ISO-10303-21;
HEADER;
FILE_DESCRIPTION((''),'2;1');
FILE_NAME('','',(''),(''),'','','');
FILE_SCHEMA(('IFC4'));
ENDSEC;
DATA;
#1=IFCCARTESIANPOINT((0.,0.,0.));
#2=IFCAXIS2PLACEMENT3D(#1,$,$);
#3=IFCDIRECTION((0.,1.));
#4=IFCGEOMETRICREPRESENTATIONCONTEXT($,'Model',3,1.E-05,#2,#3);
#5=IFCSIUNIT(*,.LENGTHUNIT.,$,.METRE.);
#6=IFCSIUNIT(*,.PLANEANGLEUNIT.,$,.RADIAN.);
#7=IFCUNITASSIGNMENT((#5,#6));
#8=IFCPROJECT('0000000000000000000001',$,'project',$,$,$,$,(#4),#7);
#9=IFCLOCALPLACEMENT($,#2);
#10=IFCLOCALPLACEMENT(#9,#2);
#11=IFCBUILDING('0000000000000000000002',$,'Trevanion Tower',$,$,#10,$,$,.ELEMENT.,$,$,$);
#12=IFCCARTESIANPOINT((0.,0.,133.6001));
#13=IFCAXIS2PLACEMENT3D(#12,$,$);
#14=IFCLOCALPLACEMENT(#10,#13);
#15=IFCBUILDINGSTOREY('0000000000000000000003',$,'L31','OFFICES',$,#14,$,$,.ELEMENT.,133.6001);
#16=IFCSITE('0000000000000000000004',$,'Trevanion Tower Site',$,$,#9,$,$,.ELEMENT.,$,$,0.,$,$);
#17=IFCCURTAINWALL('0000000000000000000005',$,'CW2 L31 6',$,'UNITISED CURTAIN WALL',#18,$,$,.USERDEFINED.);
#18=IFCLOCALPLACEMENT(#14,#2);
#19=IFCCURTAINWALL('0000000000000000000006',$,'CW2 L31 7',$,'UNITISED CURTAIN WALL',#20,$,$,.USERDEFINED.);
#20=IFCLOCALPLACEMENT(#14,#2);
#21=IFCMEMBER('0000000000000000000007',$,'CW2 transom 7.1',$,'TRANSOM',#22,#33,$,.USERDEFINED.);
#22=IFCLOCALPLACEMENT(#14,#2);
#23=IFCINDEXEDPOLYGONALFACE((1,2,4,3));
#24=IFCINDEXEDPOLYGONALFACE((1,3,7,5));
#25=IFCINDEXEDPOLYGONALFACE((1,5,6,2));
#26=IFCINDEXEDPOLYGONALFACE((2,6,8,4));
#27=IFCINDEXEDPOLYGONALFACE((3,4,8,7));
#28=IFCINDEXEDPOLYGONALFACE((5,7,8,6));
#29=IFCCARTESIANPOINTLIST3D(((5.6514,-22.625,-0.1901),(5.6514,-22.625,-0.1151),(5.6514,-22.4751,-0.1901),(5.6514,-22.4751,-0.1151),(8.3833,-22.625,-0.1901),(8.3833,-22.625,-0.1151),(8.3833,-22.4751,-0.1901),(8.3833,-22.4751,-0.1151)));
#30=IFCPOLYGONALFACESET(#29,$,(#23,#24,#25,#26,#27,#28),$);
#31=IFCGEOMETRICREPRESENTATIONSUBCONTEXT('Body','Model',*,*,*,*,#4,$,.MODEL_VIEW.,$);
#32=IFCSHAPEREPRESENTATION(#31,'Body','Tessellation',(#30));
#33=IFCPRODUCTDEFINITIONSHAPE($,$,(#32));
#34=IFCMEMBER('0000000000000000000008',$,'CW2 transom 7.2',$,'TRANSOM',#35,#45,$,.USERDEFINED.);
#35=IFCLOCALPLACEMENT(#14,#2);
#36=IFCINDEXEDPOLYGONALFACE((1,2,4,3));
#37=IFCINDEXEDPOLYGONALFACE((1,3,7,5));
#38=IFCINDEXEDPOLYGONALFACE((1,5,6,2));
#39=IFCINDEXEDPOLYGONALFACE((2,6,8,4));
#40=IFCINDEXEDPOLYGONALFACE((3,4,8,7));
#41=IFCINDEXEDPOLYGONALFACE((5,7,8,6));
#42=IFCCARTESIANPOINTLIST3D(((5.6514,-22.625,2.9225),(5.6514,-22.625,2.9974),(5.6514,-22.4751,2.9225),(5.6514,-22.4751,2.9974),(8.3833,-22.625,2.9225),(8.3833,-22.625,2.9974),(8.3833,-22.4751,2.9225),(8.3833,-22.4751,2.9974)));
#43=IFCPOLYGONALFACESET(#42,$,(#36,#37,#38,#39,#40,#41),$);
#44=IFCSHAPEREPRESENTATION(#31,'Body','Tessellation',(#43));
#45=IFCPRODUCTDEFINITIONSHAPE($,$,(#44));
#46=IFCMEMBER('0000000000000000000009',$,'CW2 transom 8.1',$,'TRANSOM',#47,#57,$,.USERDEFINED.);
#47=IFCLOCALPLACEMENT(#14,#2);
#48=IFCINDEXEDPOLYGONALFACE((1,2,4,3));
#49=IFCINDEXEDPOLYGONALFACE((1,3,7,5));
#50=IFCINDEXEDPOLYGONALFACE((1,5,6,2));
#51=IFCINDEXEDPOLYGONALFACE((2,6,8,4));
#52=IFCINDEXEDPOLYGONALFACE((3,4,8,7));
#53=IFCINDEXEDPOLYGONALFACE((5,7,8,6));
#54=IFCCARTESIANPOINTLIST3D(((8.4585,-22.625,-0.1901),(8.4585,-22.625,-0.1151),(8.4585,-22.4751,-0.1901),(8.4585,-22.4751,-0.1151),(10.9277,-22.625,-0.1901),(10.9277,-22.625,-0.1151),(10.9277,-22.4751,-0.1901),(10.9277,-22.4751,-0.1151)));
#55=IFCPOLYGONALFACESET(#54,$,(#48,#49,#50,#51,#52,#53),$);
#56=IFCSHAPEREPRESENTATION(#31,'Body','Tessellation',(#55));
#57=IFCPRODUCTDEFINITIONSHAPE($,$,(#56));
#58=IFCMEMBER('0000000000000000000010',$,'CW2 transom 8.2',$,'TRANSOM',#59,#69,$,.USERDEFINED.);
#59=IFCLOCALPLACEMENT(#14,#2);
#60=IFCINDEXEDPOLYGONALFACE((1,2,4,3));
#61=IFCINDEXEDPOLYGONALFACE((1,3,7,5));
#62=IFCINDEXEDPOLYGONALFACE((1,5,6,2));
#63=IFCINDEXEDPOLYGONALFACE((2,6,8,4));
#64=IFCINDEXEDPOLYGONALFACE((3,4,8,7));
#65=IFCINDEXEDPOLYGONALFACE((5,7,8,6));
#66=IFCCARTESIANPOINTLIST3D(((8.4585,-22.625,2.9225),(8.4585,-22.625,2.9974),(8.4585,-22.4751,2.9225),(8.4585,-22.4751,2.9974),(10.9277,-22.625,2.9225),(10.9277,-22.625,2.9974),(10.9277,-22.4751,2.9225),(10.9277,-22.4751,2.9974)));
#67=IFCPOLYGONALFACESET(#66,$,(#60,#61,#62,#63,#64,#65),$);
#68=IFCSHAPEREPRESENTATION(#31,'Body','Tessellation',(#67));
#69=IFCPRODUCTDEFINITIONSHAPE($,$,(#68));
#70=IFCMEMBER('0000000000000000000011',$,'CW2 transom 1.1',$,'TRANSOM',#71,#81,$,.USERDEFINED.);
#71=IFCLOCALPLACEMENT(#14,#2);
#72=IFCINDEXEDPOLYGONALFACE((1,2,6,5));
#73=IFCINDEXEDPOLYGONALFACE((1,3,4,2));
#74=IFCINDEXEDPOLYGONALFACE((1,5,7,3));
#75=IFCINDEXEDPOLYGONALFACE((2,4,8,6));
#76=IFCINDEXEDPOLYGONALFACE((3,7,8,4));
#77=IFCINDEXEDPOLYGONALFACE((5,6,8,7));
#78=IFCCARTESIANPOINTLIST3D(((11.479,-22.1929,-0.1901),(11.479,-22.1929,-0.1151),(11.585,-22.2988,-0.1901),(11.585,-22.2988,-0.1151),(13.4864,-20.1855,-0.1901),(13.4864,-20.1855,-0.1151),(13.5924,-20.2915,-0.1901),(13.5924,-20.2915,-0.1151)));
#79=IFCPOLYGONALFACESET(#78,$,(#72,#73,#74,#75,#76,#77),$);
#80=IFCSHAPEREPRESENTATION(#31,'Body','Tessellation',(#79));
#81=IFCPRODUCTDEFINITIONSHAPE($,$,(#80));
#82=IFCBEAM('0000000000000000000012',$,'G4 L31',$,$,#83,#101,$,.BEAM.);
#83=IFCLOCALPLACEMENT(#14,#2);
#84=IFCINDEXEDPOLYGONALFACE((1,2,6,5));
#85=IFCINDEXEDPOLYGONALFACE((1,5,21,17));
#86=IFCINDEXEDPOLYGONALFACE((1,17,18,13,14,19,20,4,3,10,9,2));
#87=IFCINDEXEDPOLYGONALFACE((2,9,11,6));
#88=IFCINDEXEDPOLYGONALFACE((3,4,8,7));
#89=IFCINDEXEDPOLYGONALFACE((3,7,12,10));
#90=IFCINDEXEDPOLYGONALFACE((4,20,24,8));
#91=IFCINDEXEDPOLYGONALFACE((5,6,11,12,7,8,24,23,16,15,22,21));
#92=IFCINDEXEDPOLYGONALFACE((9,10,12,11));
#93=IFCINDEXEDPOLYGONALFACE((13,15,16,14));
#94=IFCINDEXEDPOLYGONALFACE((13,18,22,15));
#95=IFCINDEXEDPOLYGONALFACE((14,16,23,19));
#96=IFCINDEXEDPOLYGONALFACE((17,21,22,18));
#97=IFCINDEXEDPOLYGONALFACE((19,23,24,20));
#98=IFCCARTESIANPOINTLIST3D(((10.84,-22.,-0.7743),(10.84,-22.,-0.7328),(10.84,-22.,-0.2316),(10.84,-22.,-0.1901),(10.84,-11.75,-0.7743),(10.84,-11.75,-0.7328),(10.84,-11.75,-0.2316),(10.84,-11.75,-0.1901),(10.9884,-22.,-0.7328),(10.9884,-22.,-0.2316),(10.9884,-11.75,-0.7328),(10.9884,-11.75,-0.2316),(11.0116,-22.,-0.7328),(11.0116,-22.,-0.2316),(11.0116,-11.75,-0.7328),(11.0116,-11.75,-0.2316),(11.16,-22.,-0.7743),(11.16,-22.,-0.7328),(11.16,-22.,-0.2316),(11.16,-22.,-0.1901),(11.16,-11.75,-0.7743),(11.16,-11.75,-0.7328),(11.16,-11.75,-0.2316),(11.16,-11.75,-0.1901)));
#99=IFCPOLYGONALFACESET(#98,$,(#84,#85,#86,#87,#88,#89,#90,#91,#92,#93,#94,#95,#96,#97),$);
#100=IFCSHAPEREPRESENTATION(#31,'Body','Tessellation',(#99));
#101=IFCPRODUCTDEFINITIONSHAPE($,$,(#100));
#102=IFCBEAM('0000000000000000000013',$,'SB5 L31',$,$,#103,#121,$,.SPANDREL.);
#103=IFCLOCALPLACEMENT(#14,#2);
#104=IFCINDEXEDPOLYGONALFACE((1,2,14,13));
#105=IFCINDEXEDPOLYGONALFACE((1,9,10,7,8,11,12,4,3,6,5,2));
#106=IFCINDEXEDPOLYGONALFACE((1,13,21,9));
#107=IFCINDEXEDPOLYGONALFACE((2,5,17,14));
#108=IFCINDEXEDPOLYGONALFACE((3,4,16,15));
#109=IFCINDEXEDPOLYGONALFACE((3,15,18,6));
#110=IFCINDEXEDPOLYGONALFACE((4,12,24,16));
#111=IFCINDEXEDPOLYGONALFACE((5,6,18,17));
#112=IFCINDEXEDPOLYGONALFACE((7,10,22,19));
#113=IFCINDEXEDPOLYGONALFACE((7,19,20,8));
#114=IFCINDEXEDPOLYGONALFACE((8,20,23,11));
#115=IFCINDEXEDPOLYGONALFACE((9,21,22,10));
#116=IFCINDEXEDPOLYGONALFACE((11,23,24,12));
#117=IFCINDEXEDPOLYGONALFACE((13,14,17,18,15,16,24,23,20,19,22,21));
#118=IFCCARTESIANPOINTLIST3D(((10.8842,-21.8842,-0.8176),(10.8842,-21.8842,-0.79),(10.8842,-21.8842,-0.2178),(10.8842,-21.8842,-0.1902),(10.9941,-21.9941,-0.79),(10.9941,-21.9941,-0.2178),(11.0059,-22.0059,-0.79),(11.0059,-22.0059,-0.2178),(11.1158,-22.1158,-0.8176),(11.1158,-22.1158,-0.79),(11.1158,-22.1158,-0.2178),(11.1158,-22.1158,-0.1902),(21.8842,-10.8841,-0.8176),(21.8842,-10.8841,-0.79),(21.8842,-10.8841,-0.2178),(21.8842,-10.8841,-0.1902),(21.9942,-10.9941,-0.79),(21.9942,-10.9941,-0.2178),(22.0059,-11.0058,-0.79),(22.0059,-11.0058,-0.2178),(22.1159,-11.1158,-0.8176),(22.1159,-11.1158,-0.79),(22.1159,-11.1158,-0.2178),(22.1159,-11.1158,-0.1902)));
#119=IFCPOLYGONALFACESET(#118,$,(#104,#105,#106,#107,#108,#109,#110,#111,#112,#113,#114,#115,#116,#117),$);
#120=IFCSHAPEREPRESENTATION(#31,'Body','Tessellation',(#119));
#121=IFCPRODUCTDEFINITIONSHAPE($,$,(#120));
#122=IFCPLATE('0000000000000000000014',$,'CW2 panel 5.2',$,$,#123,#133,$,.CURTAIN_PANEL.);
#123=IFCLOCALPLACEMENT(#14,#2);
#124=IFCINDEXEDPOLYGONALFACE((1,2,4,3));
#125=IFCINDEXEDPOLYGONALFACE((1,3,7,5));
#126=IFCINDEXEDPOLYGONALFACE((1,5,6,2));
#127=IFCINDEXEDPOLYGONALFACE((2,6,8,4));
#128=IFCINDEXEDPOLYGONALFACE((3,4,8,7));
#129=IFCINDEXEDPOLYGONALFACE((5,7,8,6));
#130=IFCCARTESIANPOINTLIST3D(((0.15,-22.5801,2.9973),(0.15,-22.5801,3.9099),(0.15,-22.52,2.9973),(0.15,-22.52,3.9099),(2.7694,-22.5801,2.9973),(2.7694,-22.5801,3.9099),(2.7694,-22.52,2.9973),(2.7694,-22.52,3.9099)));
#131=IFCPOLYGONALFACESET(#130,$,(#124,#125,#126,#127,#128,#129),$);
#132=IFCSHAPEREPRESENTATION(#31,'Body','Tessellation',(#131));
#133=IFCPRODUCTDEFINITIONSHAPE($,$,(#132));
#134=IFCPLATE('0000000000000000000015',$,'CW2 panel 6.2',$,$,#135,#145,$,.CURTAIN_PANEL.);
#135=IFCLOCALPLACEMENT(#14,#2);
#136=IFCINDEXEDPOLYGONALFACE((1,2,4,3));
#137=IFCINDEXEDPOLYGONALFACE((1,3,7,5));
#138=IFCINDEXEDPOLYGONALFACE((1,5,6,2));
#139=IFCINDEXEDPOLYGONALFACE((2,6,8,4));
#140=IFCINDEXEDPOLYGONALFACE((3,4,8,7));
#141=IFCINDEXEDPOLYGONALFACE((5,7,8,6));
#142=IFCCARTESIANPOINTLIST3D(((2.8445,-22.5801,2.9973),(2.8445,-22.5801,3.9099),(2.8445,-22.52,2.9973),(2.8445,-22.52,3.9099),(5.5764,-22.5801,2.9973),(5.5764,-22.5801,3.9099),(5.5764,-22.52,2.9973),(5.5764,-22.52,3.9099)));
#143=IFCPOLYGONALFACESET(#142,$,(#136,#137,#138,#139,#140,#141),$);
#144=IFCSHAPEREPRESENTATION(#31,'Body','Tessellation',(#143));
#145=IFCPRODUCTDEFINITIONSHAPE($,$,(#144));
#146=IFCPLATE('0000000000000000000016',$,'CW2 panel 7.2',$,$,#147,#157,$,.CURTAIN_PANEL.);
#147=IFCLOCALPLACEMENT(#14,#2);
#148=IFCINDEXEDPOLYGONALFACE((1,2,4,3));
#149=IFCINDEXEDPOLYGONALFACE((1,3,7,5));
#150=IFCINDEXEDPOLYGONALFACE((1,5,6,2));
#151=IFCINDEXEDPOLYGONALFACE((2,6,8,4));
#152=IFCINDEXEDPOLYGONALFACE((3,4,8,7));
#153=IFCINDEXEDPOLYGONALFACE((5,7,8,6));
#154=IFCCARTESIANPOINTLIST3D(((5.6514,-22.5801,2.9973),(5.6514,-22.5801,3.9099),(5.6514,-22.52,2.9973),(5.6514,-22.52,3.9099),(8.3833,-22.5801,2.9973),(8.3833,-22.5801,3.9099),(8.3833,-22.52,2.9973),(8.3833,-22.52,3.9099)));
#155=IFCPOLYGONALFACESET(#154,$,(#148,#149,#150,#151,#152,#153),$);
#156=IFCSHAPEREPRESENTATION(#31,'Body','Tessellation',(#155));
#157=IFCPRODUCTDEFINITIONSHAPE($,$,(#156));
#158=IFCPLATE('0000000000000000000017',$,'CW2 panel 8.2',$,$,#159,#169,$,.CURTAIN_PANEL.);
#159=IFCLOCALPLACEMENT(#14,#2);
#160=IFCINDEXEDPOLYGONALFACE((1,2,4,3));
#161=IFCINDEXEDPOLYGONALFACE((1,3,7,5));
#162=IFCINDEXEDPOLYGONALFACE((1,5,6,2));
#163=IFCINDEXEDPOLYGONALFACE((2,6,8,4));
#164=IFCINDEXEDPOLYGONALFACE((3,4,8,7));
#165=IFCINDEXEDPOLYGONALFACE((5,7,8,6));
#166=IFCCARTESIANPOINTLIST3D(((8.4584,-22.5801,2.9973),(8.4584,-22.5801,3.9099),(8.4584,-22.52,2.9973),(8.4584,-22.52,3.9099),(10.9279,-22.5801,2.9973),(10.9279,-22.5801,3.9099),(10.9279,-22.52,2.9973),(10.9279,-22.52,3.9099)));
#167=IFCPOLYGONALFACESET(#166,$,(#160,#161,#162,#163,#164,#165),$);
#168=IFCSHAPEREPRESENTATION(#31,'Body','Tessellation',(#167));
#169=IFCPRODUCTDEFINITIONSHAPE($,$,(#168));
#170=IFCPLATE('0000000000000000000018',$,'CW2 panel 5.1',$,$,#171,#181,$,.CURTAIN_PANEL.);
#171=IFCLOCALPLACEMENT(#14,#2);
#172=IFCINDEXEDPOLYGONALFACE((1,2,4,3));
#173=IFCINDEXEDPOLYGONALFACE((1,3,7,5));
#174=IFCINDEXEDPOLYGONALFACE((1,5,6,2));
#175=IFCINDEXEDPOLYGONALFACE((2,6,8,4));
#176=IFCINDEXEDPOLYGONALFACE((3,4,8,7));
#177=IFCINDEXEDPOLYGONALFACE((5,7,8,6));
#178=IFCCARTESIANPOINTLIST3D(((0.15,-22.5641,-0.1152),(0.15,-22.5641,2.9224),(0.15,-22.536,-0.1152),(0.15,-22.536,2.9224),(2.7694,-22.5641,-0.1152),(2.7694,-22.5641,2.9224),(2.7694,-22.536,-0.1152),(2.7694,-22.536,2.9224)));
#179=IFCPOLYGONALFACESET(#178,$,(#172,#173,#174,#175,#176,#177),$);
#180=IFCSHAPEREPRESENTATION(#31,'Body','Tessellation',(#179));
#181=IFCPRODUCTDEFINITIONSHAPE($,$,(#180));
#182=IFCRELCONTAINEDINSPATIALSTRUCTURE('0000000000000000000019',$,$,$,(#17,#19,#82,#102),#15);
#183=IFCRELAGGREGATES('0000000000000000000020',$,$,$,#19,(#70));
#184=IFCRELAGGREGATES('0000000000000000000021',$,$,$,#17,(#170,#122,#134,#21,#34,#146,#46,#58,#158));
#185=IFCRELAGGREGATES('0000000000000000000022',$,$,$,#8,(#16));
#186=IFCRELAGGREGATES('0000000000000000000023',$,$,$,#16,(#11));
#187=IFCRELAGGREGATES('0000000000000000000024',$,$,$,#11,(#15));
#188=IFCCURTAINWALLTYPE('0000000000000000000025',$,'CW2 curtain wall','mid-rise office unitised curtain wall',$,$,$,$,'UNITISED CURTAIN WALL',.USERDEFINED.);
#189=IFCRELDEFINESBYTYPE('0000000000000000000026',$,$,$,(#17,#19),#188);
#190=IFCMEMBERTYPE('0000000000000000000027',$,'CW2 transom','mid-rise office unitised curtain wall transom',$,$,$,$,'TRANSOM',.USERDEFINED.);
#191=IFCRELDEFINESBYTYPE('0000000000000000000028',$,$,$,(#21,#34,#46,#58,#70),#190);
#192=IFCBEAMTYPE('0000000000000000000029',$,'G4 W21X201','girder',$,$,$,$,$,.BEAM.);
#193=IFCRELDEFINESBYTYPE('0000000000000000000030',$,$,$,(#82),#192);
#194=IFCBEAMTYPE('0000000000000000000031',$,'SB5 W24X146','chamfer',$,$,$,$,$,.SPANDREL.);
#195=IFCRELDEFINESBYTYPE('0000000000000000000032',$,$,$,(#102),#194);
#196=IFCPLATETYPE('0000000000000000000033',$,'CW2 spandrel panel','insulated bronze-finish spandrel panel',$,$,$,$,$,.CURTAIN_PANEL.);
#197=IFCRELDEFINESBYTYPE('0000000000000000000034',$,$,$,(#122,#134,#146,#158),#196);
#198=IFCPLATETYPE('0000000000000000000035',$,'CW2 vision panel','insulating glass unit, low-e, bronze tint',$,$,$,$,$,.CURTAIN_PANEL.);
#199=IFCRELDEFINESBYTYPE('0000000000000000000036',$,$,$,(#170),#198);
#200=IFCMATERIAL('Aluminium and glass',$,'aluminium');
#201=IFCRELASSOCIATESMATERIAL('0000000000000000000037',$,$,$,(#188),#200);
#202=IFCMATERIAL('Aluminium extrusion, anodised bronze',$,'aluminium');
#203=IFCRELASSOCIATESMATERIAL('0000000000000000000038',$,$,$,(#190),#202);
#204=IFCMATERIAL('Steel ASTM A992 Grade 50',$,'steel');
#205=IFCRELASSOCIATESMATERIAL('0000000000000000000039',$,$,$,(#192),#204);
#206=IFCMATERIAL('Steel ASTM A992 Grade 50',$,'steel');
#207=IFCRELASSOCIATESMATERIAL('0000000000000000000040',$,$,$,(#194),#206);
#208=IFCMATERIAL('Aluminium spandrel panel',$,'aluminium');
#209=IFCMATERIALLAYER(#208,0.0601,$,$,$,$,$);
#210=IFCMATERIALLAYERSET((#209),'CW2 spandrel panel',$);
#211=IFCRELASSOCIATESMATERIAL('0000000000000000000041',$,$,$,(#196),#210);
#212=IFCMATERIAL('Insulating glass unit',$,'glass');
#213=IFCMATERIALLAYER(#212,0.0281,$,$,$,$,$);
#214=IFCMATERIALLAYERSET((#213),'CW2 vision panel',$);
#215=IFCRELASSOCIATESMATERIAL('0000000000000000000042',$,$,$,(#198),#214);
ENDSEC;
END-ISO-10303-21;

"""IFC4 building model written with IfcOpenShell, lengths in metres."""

from ifc_helpers import new_model, si_unit, direction, frame, origin, origin_2d, place, context, subcontext, project, spatial, rectangle, i_section, extrude, material, layer, layer_set, material_profile, profile_set, type_object, element, aggregate, save


model = new_model("IFC4")

# Units and contexts
model_context = context("Model", 3, precision=1e-05, world=origin(), true_north=direction((0.0, 1.0)))
body_context = subcontext(model_context, "Body", "Model", "MODEL_VIEW")
ifc_project = project(units=[si_unit("LENGTHUNIT", "METRE"), si_unit("PLANEANGLEUNIT", "RADIAN")], contexts=[model_context])

# Site, building, storey
site_placement = place(None, origin())
site = spatial("IfcSite", under=ifc_project, at=site_placement, Name="Trevanion Tower Site", CompositionType="ELEMENT", RefElevation=0.0)
building_placement = place(site_placement, origin())
building = spatial("IfcBuilding", under=site, at=building_placement, Name="Trevanion Tower", CompositionType="ELEMENT")
storey_placement = place(building_placement, frame((0.0, 0.0, 133.6001)))
storey = spatial("IfcBuildingStorey", under=building, at=storey_placement, Name="L31", Description="OFFICES", CompositionType="ELEMENT", Elevation=133.6001)

# Curtain wall
ifc_material_1 = material(Name="Aluminium and glass", Category="aluminium")
curtain_wall_type = type_object("IfcCurtainWallType", Name="CW2 curtain wall", Description="mid-rise office unitised curtain wall", ElementType="UNITISED CURTAIN WALL", PredefinedType="USERDEFINED", material=ifc_material_1)
curtain_wall_1_placement = place(storey_placement, origin())
curtain_wall_1 = element("IfcCurtainWall", 1, at=curtain_wall_1_placement, inside=storey, type_object=curtain_wall_type, Name="CW2 L31 6", ObjectType="UNITISED CURTAIN WALL", PredefinedType="USERDEFINED")

# Curtain wall
curtain_wall_2_placement = place(storey_placement, origin())
curtain_wall_2 = element("IfcCurtainWall", 2, at=curtain_wall_2_placement, inside=storey, type_object=curtain_wall_type, Name="CW2 L31 7", ObjectType="UNITISED CURTAIN WALL", PredefinedType="USERDEFINED")

# Members
ifc_material_2 = material(Name="Aluminium extrusion, anodised bronze", Category="aluminium")
ifc_material_profile_1 = material_profile(ifc_material_2, rectangle(XDim=0.1499, YDim=0.075, at=origin_2d()), Name="CW2 transom")
ifc_profile_set_1 = profile_set([ifc_material_profile_1], Name="Aluminium extrusion, anodised bronze")
member_type_1 = type_object("IfcMemberType", Name="CW2 transom", Description="mid-rise office unitised curtain wall transom", ElementType="TRANSOM", PredefinedType="USERDEFINED", material=ifc_profile_set_1)
member_1_placement = place(storey_placement, frame((5.6514, -22.55, -0.1526), z_axis=(1.0, 0.0, 0.0), x_axis=(0.0, 1.0, 0.0)))
member_1 = element("IfcMember", 3, at=member_1_placement, type_object=member_type_1, Name="CW2 transom 7.1", ObjectType="TRANSOM", PredefinedType="USERDEFINED", context=body_context, shape_type="SweptSolid", body=[
    extrude(rectangle(XDim=0.1499, YDim=0.075, at=origin_2d()), origin(), (0.0, 0.0, 1.0), 2.7319),
])
member_2_placement = place(storey_placement, frame((5.6514, -22.55, 2.96), z_axis=(1.0, 0.0, 0.0), x_axis=(0.0, 1.0, 0.0)))
member_2 = element("IfcMember", 4, at=member_2_placement, type_object=member_type_1, Name="CW2 transom 7.2", ObjectType="TRANSOM", PredefinedType="USERDEFINED", context=body_context, shape_type="SweptSolid", body=[
    extrude(rectangle(XDim=0.1499, YDim=0.075, at=origin_2d()), origin(), (0.0, 0.0, 1.0), 2.7319),
])
member_3_placement = place(storey_placement, frame((8.4585, -22.55, -0.1526), z_axis=(1.0, 0.0, 0.0), x_axis=(0.0, 1.0, 0.0)))
member_3 = element("IfcMember", 5, at=member_3_placement, type_object=member_type_1, Name="CW2 transom 8.1", ObjectType="TRANSOM", PredefinedType="USERDEFINED", context=body_context, shape_type="SweptSolid", body=[
    extrude(rectangle(XDim=0.1499, YDim=0.075, at=origin_2d()), origin(), (0.0, 0.0, 1.0), 2.4692),
])
member_4_placement = place(storey_placement, frame((8.4585, -22.55, 2.96), z_axis=(1.0, 0.0, 0.0), x_axis=(0.0, 1.0, 0.0)))
member_4 = element("IfcMember", 6, at=member_4_placement, type_object=member_type_1, Name="CW2 transom 8.2", ObjectType="TRANSOM", PredefinedType="USERDEFINED", context=body_context, shape_type="SweptSolid", body=[
    extrude(rectangle(XDim=0.1499, YDim=0.075, at=origin_2d()), origin(), (0.0, 0.0, 1.0), 2.4692),
])
member_5_placement = place(storey_placement, frame((11.532, -22.2458, -0.1526), z_axis=(0.707107, 0.707107, 0.0), x_axis=(-0.707107, 0.707107, 0.0)))
member_5 = element("IfcMember", 7, at=member_5_placement, type_object=member_type_1, Name="CW2 transom 1.1", ObjectType="TRANSOM", PredefinedType="USERDEFINED", context=body_context, shape_type="SweptSolid", body=[
    extrude(rectangle(XDim=0.1499, YDim=0.075, at=origin_2d()), origin(), (0.0, 0.0, 1.0), 2.8389),
])
aggregate(curtain_wall_2, [member_5])

# Beams
ifc_material_3 = material(Name="Steel ASTM A992 Grade 50", Category="steel")
ifc_material_profile_2 = material_profile(ifc_material_3, i_section(OverallWidth=0.3201, OverallDepth=0.5842, WebThickness=0.0232, FlangeThickness=0.0415, at=origin_2d()), Name="W21X201")
ifc_profile_set_2 = profile_set([ifc_material_profile_2], Name="Steel ASTM A992 Grade 50")
beam_type_1 = type_object("IfcBeamType", Name="G4 W21X201", Description="girder", PredefinedType="BEAM", material=ifc_profile_set_2)
beam_1_placement = place(storey_placement, frame((11.0, -11.75, -0.4822), z_axis=(0.0, -1.0, 0.0), x_axis=(1.0, 0.0, 0.0)))
element("IfcBeam", 8, at=beam_1_placement, inside=storey, type_object=beam_type_1, Name="G4 L31", PredefinedType="BEAM", context=body_context, shape_type="SweptSolid", body=[
    extrude(i_section(OverallWidth=0.3201, OverallDepth=0.5842, WebThickness=0.0232, FlangeThickness=0.0415, at=origin_2d()), origin(), (0.0, 0.0, 1.0), 10.25),
])
ifc_material_4 = material(Name="Steel ASTM A992 Grade 50", Category="steel")
ifc_material_profile_3 = material_profile(ifc_material_4, i_section(OverallWidth=0.3276, OverallDepth=0.6274, WebThickness=0.0166, FlangeThickness=0.0276, at=origin_2d()), Name="W24X146")
ifc_profile_set_3 = profile_set([ifc_material_profile_3], Name="Steel ASTM A992 Grade 50")
beam_type_2 = type_object("IfcBeamType", Name="SB5 W24X146", Description="chamfer", PredefinedType="SPANDREL", material=ifc_profile_set_3)
beam_2_placement = place(storey_placement, frame((11.0, -22.0, -0.5039), z_axis=(0.707107, 0.707107, 0.0), x_axis=(-0.707107, 0.707107, 0.0)))
element("IfcBeam", 9, at=beam_2_placement, inside=storey, type_object=beam_type_2, Name="SB5 L31", PredefinedType="SPANDREL", context=body_context, shape_type="SweptSolid", body=[
    extrude(i_section(OverallWidth=0.3276, OverallDepth=0.6274, WebThickness=0.0166, FlangeThickness=0.0276, at=origin_2d()), origin(), (0.0, 0.0, 1.0), 15.5564),
])

# Plates
ifc_material_5 = material(Name="Aluminium spandrel panel", Category="aluminium")
ifc_layer_1 = layer(ifc_material_5, 0.0601)
ifc_layer_set_1 = layer_set([ifc_layer_1], Name="CW2 spandrel panel")
plate_type_1 = type_object("IfcPlateType", Name="CW2 spandrel panel", Description="insulated bronze-finish spandrel panel", PredefinedType="CURTAIN_PANEL", material=ifc_layer_set_1)
plate_1_placement = place(storey_placement, frame((1.4597, -22.55, 2.9973), z_axis=(0.0, 0.0, 1.0), x_axis=(1.0, 0.0, 0.0)))
plate_1 = element("IfcPlate", 10, at=plate_1_placement, type_object=plate_type_1, Name="CW2 panel 5.2", PredefinedType="CURTAIN_PANEL", context=body_context, shape_type="SweptSolid", body=[
    extrude(rectangle(XDim=2.6194, YDim=0.0601, at=origin_2d()), origin(), (0.0, 0.0, 1.0), 0.9126),
])
plate_2_placement = place(storey_placement, frame((4.2104, -22.55, 2.9973), z_axis=(0.0, 0.0, 1.0), x_axis=(1.0, 0.0, 0.0)))
plate_2 = element("IfcPlate", 11, at=plate_2_placement, type_object=plate_type_1, Name="CW2 panel 6.2", PredefinedType="CURTAIN_PANEL", context=body_context, shape_type="SweptSolid", body=[
    extrude(rectangle(XDim=2.7319, YDim=0.0601, at=origin_2d()), origin(), (0.0, 0.0, 1.0), 0.9126),
])
plate_3_placement = place(storey_placement, frame((7.0173, -22.55, 2.9973), z_axis=(0.0, 0.0, 1.0), x_axis=(1.0, 0.0, 0.0)))
plate_3 = element("IfcPlate", 12, at=plate_3_placement, type_object=plate_type_1, Name="CW2 panel 7.2", PredefinedType="CURTAIN_PANEL", context=body_context, shape_type="SweptSolid", body=[
    extrude(rectangle(XDim=2.7319, YDim=0.0601, at=origin_2d()), origin(), (0.0, 0.0, 1.0), 0.9126),
])
plate_4_placement = place(storey_placement, frame((9.6931, -22.55, 2.9973), z_axis=(0.0, 0.0, 1.0), x_axis=(1.0, 0.0, 0.0)))
plate_4 = element("IfcPlate", 13, at=plate_4_placement, type_object=plate_type_1, Name="CW2 panel 8.2", PredefinedType="CURTAIN_PANEL", context=body_context, shape_type="SweptSolid", body=[
    extrude(rectangle(XDim=2.4695, YDim=0.0601, at=origin_2d()), origin(), (0.0, 0.0, 1.0), 0.9126),
])
ifc_material_6 = material(Name="Insulating glass unit", Category="glass")
ifc_layer_2 = layer(ifc_material_6, 0.0281)
ifc_layer_set_2 = layer_set([ifc_layer_2], Name="CW2 vision panel")
plate_type_2 = type_object("IfcPlateType", Name="CW2 vision panel", Description="insulating glass unit, low-e, bronze tint", PredefinedType="CURTAIN_PANEL", material=ifc_layer_set_2)
plate_5_placement = place(storey_placement, frame((1.4597, -22.55, -0.1152), z_axis=(0.0, 0.0, 1.0), x_axis=(1.0, 0.0, 0.0)))
plate_5 = element("IfcPlate", 14, at=plate_5_placement, type_object=plate_type_2, Name="CW2 panel 5.1", PredefinedType="CURTAIN_PANEL", context=body_context, shape_type="SweptSolid", body=[
    extrude(rectangle(XDim=2.6194, YDim=0.0281, at=origin_2d()), origin(), (0.0, 0.0, 1.0), 3.0376),
])
aggregate(curtain_wall_1, [plate_5, plate_1, plate_2, member_1, member_2, plate_3, member_3, member_4, plate_4])

save(model, "model.ifc")
